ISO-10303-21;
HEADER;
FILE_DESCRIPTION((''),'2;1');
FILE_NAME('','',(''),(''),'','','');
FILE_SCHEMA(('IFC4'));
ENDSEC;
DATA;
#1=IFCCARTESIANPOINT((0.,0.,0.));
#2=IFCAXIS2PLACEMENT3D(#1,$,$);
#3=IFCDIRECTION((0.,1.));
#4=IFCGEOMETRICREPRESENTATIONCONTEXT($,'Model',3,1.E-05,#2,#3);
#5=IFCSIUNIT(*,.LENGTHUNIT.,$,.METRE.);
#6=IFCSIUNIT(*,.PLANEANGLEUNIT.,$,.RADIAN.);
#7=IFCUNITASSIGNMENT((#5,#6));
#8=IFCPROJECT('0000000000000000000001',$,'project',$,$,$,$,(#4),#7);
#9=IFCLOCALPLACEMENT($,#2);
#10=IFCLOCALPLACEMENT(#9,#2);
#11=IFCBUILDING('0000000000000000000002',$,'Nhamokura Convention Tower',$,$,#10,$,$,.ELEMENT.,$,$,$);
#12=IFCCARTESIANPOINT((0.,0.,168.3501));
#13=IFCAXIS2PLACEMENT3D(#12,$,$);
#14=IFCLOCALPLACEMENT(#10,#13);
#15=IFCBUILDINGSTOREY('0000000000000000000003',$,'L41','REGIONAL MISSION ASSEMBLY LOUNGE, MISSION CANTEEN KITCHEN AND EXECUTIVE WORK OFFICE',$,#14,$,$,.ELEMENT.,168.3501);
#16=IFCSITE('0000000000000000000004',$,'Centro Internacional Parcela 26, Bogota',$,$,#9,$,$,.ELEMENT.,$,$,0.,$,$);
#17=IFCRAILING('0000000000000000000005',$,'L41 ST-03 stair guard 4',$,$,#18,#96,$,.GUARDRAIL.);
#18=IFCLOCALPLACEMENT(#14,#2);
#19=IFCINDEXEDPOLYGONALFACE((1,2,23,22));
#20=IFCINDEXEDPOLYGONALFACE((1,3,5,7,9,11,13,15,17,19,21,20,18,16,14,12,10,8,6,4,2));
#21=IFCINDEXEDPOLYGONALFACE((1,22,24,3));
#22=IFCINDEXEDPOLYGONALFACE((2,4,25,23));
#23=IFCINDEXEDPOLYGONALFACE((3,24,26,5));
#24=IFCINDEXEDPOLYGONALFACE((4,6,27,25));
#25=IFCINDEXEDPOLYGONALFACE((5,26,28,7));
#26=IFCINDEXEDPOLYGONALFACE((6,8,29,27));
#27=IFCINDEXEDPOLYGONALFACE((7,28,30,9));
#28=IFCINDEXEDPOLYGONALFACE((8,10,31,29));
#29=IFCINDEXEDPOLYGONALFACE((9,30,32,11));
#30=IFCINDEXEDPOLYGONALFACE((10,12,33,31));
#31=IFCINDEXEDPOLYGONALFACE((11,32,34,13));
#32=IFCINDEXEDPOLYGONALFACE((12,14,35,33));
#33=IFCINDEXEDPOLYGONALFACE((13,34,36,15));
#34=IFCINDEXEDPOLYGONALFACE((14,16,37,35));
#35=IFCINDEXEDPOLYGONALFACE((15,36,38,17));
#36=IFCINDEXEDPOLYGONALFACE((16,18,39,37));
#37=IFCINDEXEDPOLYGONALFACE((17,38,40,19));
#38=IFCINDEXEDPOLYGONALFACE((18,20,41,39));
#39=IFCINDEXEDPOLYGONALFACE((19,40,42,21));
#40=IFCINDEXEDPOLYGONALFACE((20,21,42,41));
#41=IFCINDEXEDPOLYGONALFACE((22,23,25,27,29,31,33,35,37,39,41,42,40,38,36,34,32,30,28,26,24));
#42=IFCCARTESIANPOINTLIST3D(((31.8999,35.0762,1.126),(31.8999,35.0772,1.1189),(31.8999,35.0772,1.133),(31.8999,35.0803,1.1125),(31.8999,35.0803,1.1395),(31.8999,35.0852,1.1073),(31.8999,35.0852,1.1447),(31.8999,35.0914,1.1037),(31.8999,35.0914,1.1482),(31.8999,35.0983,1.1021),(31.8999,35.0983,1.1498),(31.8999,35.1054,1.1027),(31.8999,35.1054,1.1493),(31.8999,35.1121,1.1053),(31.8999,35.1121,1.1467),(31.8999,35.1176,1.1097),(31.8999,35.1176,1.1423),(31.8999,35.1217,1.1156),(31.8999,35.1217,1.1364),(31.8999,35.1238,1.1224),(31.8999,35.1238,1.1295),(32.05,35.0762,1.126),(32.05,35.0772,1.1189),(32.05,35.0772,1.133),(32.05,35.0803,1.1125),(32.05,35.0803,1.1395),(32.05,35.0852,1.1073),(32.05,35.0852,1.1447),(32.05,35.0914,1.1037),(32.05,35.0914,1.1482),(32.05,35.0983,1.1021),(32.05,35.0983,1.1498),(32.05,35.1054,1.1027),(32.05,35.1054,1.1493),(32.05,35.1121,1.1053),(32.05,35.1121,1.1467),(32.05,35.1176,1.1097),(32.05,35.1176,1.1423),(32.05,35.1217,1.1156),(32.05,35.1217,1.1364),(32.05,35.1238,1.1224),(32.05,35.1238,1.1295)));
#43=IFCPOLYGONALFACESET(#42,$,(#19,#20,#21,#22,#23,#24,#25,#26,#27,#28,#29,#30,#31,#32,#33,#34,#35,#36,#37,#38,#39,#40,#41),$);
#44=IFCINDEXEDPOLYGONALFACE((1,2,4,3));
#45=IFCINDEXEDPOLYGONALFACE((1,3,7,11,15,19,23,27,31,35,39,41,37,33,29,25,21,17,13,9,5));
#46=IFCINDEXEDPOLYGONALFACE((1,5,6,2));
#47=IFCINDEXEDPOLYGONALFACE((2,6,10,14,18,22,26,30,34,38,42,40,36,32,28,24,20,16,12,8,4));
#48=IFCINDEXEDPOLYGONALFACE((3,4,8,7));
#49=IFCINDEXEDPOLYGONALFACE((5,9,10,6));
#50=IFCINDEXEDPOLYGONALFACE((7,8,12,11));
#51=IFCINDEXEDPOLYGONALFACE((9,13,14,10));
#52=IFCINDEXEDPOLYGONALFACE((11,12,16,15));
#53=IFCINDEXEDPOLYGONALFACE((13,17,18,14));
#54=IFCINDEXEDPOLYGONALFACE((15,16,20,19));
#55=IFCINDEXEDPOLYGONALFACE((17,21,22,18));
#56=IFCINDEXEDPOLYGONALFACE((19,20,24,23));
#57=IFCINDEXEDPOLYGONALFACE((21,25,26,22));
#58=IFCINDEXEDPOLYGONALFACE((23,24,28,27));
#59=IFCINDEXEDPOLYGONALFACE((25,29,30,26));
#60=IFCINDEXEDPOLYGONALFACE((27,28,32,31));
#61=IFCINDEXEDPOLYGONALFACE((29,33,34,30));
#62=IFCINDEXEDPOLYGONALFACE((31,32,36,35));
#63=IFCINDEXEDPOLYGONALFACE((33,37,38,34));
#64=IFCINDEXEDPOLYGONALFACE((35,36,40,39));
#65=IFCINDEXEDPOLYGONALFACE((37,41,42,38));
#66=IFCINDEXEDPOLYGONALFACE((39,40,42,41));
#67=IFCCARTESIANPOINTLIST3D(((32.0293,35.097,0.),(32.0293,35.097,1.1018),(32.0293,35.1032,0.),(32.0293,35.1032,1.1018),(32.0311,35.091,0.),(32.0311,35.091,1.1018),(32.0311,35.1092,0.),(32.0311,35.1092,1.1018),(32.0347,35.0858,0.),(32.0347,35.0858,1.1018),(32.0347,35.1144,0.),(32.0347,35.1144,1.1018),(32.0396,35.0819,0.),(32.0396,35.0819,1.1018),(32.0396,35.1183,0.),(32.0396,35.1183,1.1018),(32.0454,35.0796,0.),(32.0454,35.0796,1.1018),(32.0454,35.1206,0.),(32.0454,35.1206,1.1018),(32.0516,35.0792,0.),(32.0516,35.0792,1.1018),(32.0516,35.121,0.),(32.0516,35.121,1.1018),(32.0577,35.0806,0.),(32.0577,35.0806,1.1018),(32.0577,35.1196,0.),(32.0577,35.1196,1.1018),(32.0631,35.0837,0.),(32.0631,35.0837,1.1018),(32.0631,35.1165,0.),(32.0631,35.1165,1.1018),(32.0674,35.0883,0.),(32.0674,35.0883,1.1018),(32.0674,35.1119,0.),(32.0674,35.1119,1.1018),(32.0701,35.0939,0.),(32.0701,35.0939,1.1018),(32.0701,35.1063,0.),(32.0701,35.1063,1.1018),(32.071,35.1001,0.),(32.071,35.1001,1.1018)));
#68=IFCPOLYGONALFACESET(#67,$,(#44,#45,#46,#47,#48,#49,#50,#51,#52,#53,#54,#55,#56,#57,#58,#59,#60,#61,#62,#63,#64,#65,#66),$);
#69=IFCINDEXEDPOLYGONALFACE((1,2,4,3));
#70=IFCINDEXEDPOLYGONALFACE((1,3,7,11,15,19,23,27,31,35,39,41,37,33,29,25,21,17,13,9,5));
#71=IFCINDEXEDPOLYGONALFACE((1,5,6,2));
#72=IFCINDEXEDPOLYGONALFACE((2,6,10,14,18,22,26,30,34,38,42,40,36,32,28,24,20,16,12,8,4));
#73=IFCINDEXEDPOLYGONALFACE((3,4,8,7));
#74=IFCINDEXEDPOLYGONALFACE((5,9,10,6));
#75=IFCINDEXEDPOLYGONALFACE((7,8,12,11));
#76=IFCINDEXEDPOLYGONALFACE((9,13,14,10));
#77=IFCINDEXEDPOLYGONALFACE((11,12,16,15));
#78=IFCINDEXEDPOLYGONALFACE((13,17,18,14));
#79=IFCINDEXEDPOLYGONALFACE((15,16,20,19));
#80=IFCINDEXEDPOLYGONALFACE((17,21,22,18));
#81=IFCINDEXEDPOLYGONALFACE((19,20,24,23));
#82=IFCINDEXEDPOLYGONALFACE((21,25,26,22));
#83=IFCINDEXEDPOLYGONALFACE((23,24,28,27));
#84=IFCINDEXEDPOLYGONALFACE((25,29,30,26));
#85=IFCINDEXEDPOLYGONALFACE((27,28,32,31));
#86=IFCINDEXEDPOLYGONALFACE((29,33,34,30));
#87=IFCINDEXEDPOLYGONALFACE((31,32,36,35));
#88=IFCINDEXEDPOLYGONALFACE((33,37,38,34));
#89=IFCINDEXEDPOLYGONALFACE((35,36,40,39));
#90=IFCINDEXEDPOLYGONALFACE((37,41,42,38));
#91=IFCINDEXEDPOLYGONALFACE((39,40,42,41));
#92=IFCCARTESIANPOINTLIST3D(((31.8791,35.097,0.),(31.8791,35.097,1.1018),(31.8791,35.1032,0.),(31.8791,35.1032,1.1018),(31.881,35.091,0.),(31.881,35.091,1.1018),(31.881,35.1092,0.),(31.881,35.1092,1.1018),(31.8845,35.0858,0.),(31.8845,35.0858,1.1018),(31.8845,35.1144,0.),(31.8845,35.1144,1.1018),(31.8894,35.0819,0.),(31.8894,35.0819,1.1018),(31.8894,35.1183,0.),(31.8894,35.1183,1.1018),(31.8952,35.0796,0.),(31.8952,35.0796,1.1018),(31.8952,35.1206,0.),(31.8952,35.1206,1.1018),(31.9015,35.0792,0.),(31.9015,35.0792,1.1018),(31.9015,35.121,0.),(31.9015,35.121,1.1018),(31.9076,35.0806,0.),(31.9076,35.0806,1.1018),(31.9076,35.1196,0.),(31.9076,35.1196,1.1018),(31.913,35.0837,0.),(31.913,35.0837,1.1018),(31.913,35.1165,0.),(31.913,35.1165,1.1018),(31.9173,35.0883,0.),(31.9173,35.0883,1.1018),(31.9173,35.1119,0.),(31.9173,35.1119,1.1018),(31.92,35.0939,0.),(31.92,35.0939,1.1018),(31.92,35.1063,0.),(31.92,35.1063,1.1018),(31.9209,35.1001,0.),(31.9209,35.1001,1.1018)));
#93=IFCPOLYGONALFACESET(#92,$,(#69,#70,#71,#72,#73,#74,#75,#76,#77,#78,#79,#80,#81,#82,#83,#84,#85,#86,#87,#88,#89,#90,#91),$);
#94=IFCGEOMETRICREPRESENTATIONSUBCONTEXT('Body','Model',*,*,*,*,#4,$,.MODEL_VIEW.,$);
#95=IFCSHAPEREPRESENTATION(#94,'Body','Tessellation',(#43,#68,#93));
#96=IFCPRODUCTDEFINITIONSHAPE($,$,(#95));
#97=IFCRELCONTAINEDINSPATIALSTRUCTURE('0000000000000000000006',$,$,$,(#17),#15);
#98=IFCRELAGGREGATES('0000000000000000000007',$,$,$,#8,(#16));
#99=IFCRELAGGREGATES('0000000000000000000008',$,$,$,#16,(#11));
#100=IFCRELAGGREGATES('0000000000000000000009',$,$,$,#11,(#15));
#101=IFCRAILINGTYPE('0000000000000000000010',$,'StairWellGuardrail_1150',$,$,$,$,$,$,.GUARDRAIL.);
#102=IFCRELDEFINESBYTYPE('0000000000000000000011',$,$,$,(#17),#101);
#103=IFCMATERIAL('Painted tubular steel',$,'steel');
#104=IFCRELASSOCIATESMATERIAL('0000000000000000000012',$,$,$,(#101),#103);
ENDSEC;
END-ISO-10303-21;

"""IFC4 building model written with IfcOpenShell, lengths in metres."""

from ifc_helpers import new_model, si_unit, direction, frame, origin, origin_2d, place, context, subcontext, project, spatial, circle, extrude, material, type_object, element, save


model = new_model("IFC4")

# Units and contexts
model_context = context("Model", 3, precision=1e-05, world=origin(), true_north=direction((0.0, 1.0)))
body_context = subcontext(model_context, "Body", "Model", "MODEL_VIEW")
ifc_project = project(units=[si_unit("LENGTHUNIT", "METRE"), si_unit("PLANEANGLEUNIT", "RADIAN")], contexts=[model_context])

# Site, building, storey
site_placement = place(None, origin())
site = spatial("IfcSite", under=ifc_project, at=site_placement, Name="Centro Internacional Parcela 26, Bogota", CompositionType="ELEMENT", RefElevation=0.0)
building_placement = place(site_placement, origin())
building = spatial("IfcBuilding", under=site, at=building_placement, Name="Nhamokura Convention Tower", CompositionType="ELEMENT")
storey_placement = place(building_placement, frame((0.0, 0.0, 168.3501)))
storey = spatial("IfcBuildingStorey", under=building, at=storey_placement, Name="L41", Description="REGIONAL MISSION ASSEMBLY LOUNGE, MISSION CANTEEN KITCHEN AND EXECUTIVE WORK OFFICE", CompositionType="ELEMENT", Elevation=168.3501)

# Railing
ifc_material_1 = material(Name="Painted tubular steel", Category="steel")
railing_type_1 = type_object("IfcRailingType", Name="StairWellGuardrail_1150", PredefinedType="GUARDRAIL", material=ifc_material_1)
railing_1_placement = place(storey_placement, frame((32.05, 35.1001, 0.0)))
element("IfcRailing", 1, at=railing_1_placement, inside=storey, type_object=railing_type_1, Name="L41 ST-03 stair guard 4", PredefinedType="GUARDRAIL", context=body_context, shape_type="SweptSolid", body=[
    extrude(circle(Radius=0.0239, at=origin_2d()), frame((0.0, 0.0, 1.126), z_axis=(-1.0, 0.0, 0.0), x_axis=(0.0, -1.0, 0.0)), (0.0, 0.0, 1.0), 0.1501),
    extrude(circle(Radius=0.021, at=origin_2d()), origin(), (0.0, 0.0, 1.0), 1.1018),
    extrude(circle(Radius=0.021, at=origin_2d()), frame((-0.1501, 0.0, 0.0)), (0.0, 0.0, 1.0), 1.1018),
])

save(model, "model.ifc")
